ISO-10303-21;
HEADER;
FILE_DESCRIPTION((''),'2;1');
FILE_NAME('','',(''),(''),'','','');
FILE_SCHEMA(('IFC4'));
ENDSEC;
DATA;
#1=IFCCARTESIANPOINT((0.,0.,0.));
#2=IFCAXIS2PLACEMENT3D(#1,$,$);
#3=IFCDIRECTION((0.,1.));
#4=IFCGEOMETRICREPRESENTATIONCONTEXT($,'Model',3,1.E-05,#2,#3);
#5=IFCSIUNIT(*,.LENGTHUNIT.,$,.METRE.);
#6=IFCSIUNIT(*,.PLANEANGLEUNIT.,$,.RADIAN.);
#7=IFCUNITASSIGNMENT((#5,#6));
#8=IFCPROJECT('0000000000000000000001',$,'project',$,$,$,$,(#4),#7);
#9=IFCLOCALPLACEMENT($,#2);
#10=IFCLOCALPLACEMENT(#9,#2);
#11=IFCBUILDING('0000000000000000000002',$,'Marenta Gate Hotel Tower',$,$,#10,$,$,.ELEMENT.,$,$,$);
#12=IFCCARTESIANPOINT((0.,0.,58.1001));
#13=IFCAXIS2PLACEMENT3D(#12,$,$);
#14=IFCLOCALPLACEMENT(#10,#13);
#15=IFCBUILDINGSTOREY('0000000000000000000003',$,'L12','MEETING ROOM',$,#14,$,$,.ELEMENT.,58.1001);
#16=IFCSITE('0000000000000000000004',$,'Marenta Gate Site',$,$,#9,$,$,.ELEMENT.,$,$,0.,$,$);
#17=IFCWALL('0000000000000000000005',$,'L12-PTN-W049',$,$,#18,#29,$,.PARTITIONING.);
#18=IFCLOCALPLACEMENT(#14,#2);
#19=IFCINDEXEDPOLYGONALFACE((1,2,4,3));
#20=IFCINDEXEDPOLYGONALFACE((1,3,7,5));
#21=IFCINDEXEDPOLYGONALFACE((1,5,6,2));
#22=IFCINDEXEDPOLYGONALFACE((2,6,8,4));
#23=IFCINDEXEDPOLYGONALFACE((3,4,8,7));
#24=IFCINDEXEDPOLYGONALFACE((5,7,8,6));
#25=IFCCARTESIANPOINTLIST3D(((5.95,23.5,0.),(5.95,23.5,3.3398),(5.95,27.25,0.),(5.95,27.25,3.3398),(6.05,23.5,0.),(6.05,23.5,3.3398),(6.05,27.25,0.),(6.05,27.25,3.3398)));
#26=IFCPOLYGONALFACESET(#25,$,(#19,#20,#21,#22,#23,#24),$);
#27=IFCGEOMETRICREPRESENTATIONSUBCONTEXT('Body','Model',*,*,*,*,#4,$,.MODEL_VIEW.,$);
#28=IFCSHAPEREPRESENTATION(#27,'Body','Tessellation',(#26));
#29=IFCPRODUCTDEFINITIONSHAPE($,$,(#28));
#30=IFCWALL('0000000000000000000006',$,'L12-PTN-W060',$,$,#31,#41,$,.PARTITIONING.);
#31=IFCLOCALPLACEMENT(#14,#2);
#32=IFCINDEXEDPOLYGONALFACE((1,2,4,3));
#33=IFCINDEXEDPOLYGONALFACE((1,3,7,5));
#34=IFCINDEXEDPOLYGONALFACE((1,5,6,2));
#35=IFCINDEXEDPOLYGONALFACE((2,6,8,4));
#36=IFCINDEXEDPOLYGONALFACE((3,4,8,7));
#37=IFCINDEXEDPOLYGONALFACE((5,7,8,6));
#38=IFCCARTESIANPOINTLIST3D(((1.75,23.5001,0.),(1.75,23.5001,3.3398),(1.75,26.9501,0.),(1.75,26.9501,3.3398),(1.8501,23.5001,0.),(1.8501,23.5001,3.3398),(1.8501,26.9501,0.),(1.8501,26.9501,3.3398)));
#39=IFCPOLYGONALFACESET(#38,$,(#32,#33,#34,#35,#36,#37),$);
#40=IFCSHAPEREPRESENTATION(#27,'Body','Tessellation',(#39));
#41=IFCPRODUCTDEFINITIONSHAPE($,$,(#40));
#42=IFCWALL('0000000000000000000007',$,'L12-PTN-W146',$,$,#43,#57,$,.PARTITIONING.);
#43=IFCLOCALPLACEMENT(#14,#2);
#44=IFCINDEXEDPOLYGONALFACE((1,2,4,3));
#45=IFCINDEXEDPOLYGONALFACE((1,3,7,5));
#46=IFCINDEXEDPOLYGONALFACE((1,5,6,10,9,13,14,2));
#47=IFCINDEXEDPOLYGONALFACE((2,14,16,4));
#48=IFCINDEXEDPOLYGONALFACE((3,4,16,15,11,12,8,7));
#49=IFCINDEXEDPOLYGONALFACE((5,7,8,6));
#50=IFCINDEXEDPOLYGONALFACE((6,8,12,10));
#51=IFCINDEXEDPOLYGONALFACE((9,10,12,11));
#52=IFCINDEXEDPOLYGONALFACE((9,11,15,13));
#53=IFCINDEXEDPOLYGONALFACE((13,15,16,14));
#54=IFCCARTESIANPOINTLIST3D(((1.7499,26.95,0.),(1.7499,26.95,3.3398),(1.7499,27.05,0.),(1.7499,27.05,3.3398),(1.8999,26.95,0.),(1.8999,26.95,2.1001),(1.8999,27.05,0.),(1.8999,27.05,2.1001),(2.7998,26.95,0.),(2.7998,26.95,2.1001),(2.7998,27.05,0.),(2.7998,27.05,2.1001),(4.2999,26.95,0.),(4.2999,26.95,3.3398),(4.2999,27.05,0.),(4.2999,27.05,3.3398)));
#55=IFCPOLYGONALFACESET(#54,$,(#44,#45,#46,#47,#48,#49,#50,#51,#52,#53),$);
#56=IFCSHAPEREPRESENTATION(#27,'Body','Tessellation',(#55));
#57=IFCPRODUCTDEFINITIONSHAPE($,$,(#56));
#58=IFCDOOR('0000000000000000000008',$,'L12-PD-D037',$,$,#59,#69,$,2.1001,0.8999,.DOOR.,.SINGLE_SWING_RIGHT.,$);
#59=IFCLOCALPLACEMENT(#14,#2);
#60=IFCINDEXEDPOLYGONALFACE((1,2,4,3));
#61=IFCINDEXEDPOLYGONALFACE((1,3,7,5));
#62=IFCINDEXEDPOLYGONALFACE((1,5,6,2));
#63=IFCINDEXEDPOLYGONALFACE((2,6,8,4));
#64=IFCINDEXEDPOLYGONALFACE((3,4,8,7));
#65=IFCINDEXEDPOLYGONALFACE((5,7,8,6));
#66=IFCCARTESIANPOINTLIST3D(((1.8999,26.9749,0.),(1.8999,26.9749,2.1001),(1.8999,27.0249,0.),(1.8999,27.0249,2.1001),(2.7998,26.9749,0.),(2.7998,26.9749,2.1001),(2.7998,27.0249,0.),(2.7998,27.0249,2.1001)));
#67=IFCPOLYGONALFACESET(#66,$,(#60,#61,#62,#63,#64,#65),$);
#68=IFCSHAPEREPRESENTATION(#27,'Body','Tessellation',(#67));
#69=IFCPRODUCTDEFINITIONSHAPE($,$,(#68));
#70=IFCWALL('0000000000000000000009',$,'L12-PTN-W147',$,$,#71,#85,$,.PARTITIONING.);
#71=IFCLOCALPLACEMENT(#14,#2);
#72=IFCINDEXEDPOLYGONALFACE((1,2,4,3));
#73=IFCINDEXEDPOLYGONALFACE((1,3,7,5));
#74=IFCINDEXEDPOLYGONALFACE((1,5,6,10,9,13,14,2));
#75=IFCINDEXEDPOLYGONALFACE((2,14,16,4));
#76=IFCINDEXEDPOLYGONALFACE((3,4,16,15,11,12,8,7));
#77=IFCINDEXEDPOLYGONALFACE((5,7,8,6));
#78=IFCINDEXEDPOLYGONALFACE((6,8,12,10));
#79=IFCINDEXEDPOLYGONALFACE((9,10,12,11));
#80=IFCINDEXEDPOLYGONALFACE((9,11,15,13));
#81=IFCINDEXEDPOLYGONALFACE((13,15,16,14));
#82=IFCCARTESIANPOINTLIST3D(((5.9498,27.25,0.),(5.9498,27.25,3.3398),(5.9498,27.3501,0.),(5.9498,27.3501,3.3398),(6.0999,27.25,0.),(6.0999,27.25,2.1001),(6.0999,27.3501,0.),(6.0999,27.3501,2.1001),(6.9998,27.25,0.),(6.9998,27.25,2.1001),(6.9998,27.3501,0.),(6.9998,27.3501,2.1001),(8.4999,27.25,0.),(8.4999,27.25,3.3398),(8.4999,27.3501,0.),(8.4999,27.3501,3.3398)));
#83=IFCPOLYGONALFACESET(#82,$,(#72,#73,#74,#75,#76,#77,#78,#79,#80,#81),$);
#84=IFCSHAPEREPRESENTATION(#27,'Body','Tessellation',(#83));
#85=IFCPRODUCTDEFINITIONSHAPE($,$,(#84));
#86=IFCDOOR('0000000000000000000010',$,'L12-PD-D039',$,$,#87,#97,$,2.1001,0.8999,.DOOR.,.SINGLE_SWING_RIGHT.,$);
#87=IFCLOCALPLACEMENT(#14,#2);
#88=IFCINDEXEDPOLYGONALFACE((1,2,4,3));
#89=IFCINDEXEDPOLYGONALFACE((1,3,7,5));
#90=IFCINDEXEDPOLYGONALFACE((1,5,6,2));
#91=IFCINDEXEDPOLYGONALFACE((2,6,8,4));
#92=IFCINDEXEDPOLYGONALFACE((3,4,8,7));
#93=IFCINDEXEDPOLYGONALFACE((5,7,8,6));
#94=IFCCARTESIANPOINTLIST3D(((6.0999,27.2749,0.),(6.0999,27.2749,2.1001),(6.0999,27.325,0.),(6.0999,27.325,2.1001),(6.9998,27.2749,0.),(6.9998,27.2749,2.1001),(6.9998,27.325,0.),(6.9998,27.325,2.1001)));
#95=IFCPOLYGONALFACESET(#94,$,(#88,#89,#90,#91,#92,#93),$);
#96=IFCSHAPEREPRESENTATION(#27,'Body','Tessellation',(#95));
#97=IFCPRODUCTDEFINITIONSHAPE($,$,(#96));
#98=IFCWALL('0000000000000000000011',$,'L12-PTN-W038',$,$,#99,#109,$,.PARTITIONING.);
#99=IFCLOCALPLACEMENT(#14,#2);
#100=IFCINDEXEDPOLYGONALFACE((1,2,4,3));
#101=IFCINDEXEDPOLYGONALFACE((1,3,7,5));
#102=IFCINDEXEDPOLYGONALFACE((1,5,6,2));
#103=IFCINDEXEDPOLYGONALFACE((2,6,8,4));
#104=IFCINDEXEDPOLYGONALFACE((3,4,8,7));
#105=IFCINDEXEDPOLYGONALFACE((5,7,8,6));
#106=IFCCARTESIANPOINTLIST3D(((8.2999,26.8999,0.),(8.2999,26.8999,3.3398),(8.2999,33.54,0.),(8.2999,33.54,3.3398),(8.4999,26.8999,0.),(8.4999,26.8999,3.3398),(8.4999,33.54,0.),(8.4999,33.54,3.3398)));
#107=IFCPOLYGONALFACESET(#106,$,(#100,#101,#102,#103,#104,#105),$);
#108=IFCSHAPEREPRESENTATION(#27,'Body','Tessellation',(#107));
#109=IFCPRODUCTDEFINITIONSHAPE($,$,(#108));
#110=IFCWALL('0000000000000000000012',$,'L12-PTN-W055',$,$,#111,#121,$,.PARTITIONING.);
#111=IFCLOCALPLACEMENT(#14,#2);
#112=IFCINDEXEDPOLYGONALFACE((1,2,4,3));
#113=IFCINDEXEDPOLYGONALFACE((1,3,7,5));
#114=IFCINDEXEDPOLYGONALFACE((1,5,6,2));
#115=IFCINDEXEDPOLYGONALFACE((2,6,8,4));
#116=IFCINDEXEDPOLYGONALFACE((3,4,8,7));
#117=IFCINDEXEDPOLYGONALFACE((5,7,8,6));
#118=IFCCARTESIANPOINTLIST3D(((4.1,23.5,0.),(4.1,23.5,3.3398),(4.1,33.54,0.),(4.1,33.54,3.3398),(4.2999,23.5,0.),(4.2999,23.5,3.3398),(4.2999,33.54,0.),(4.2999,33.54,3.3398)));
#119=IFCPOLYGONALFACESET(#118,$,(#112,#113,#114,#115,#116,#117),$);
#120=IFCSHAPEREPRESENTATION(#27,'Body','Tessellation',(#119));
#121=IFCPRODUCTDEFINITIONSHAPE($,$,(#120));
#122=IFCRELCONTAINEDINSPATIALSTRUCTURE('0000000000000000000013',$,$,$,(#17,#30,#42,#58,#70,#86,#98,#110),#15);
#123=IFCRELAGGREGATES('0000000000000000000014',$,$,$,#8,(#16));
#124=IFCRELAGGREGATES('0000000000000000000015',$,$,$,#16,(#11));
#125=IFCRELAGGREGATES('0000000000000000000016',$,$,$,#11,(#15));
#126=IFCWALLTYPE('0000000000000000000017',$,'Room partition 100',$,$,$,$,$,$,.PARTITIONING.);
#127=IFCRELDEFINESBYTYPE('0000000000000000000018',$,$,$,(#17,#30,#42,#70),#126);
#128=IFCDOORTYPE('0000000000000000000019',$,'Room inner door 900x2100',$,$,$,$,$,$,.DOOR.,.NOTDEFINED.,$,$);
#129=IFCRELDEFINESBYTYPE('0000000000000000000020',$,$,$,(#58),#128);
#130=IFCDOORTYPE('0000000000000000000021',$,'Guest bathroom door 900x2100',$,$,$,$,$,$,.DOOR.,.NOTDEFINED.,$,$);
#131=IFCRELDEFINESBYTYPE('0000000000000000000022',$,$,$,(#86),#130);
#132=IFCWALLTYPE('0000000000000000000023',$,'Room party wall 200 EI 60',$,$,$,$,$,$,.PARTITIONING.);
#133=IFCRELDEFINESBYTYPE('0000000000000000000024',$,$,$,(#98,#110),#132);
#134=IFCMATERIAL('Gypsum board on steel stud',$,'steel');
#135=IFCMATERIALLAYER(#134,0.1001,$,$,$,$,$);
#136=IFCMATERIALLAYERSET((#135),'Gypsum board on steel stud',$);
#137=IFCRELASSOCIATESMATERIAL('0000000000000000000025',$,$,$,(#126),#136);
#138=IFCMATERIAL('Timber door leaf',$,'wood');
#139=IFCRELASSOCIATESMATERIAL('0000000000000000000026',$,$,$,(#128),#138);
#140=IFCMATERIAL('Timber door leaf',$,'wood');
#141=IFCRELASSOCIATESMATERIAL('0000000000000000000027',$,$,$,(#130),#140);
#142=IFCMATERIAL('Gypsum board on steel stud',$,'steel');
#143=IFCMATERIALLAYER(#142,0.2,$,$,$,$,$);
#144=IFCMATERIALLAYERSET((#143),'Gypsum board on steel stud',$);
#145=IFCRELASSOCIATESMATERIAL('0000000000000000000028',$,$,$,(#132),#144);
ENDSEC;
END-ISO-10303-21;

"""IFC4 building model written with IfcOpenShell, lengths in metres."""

from ifc_helpers import new_model, si_unit, direction, frame, frame_2d, origin, place, context, subcontext, project, spatial, rectangle, extrude, material, layer, layer_set, type_object, element, fill, save


model = new_model("IFC4")

# Units and contexts
model_context = context("Model", 3, precision=1e-05, world=origin(), true_north=direction((0.0, 1.0)))
body_context = subcontext(model_context, "Body", "Model", "MODEL_VIEW")
ifc_project = project(units=[si_unit("LENGTHUNIT", "METRE"), si_unit("PLANEANGLEUNIT", "RADIAN")], contexts=[model_context])

# Site, building, storey
site_placement = place(None, origin())
site = spatial("IfcSite", under=ifc_project, at=site_placement, Name="Marenta Gate Site", CompositionType="ELEMENT", RefElevation=0.0)
building_placement = place(site_placement, origin())
building = spatial("IfcBuilding", under=site, at=building_placement, Name="Marenta Gate Hotel Tower", CompositionType="ELEMENT")
storey_placement = place(building_placement, frame((0.0, 0.0, 58.1001)))
storey = spatial("IfcBuildingStorey", under=building, at=storey_placement, Name="L12", Description="MEETING ROOM", CompositionType="ELEMENT", Elevation=58.1001)

# Walls
ifc_material_1 = material(Name="Gypsum board on steel stud", Category="steel")
ifc_layer_1 = layer(ifc_material_1, 0.1001)
ifc_layer_set_1 = layer_set([ifc_layer_1], Name="Gypsum board on steel stud")
wall_type_1 = type_object("IfcWallType", Name="Room partition 100", PredefinedType="PARTITIONING", material=ifc_layer_set_1)
wall_1_placement = place(storey_placement, frame((6.0, 23.5, 0.0), z_axis=(0.0, 0.0, 1.0), x_axis=(0.0, 1.0, 0.0)))
element("IfcWall", 1, at=wall_1_placement, inside=storey, type_object=wall_type_1, Name="L12-PTN-W049", PredefinedType="PARTITIONING", context=body_context, shape_type="SweptSolid", body=[
    extrude(rectangle(XDim=3.75, YDim=0.1001, at=frame_2d((1.875, 0.0))), origin(), (0.0, 0.0, 1.0), 3.3398),
])
wall_2_placement = place(storey_placement, frame((1.8, 23.5, 0.0), z_axis=(0.0, 0.0, 1.0), x_axis=(0.0, 1.0, 0.0)))
element("IfcWall", 2, at=wall_2_placement, inside=storey, type_object=wall_type_1, Name="L12-PTN-W060", PredefinedType="PARTITIONING", context=body_context, shape_type="SweptSolid", body=[
    extrude(rectangle(XDim=3.45, YDim=0.1001, at=frame_2d((1.7251, 0.0))), origin(), (0.0, 0.0, 1.0), 3.3398),
])

# Walls, openings, doors
wall_3_placement = place(storey_placement, frame((1.75, 27.0, 0.0), z_axis=(0.0, 0.0, 1.0), x_axis=(1.0, 0.0, 0.0)))
wall_3 = element("IfcWall", 3, at=wall_3_placement, inside=storey, type_object=wall_type_1, Name="L12-PTN-W146", PredefinedType="PARTITIONING", context=body_context, shape_type="SweptSolid", body=[
    extrude(rectangle(XDim=2.55, YDim=0.1001, at=frame_2d((1.2749, 0.0))), origin(), (0.0, 0.0, 1.0), 3.3398),
])
opening_1_placement = place(wall_3_placement, frame((0.1499, 0.0, 0.0)))
opening_1 = element("IfcOpeningElement", 4, at=opening_1_placement, cuts=wall_3, PredefinedType="OPENING", context=body_context, shape_type="SweptSolid", body=[
    extrude(rectangle(XDim=0.8999, YDim=2.1001, at=frame_2d((0.45, 1.05))), frame((0.0, 0.05, 0.0), z_axis=(0.0, -1.0, 0.0), x_axis=(1.0, 0.0, 0.0)), (0.0, 0.0, 1.0), 0.1001),
])
ifc_material_2 = material(Name="Timber door leaf", Category="wood")
door_type_1 = type_object("IfcDoorType", Name="Room inner door 900x2100", OperationType="NOTDEFINED", PredefinedType="DOOR", material=ifc_material_2)
door_1_placement = place(opening_1_placement, origin())
door_1 = element("IfcDoor", 5, at=door_1_placement, inside=storey, type_object=door_type_1, Name="L12-PD-D037", OperationType="SINGLE_SWING_RIGHT", OverallHeight=2.1001, OverallWidth=0.8999, PredefinedType="DOOR", context=body_context, shape_type="SweptSolid", body=[
    extrude(rectangle(XDim=0.8999, YDim=2.1001, at=frame_2d((0.45, 1.05))), frame((0.0, 0.0249, 0.0), z_axis=(0.0, -1.0, 0.0), x_axis=(1.0, 0.0, 0.0)), (0.0, 0.0, 1.0), 0.05),
])
fill(opening_1, door_1)
wall_4_placement = place(storey_placement, frame((5.95, 27.3, 0.0), z_axis=(0.0, 0.0, 1.0), x_axis=(1.0, 0.0, 0.0)))
wall_4 = element("IfcWall", 6, at=wall_4_placement, inside=storey, type_object=wall_type_1, Name="L12-PTN-W147", PredefinedType="PARTITIONING", context=body_context, shape_type="SweptSolid", body=[
    extrude(rectangle(XDim=2.55, YDim=0.1001, at=frame_2d((1.2749, 0.0))), origin(), (0.0, 0.0, 1.0), 3.3398),
])
opening_2_placement = place(wall_4_placement, frame((0.1499, 0.0, 0.0)))
opening_2 = element("IfcOpeningElement", 7, at=opening_2_placement, cuts=wall_4, PredefinedType="OPENING", context=body_context, shape_type="SweptSolid", body=[
    extrude(rectangle(XDim=0.8999, YDim=2.1001, at=frame_2d((0.45, 1.05))), frame((0.0, 0.05, 0.0), z_axis=(0.0, -1.0, 0.0), x_axis=(1.0, 0.0, 0.0)), (0.0, 0.0, 1.0), 0.1001),
])
ifc_material_3 = material(Name="Timber door leaf", Category="wood")
door_type_2 = type_object("IfcDoorType", Name="Guest bathroom door 900x2100", OperationType="NOTDEFINED", PredefinedType="DOOR", material=ifc_material_3)
door_2_placement = place(opening_2_placement, origin())
door_2 = element("IfcDoor", 8, at=door_2_placement, inside=storey, type_object=door_type_2, Name="L12-PD-D039", OperationType="SINGLE_SWING_RIGHT", OverallHeight=2.1001, OverallWidth=0.8999, PredefinedType="DOOR", context=body_context, shape_type="SweptSolid", body=[
    extrude(rectangle(XDim=0.8999, YDim=2.1001, at=frame_2d((0.45, 1.05))), frame((0.0, 0.0249, 0.0), z_axis=(0.0, -1.0, 0.0), x_axis=(1.0, 0.0, 0.0)), (0.0, 0.0, 1.0), 0.05),
])
fill(opening_2, door_2)

# Walls
ifc_material_4 = material(Name="Gypsum board on steel stud", Category="steel")
ifc_layer_2 = layer(ifc_material_4, 0.2)
ifc_layer_set_2 = layer_set([ifc_layer_2], Name="Gypsum board on steel stud")
wall_type_2 = type_object("IfcWallType", Name="Room party wall 200 EI 60", PredefinedType="PARTITIONING", material=ifc_layer_set_2)
wall_5_placement = place(storey_placement, frame((8.3999, 26.8999, 0.0), z_axis=(0.0, 0.0, 1.0), x_axis=(0.0, 1.0, 0.0)))
element("IfcWall", 9, at=wall_5_placement, inside=storey, type_object=wall_type_2, Name="L12-PTN-W038", PredefinedType="PARTITIONING", context=body_context, shape_type="SweptSolid", body=[
    extrude(rectangle(XDim=6.6401, YDim=0.2, at=frame_2d((3.3201, 0.0))), origin(), (0.0, 0.0, 1.0), 3.3398),
])
wall_6_placement = place(storey_placement, frame((4.2, 23.5, 0.0), z_axis=(0.0, 0.0, 1.0), x_axis=(0.0, 1.0, 0.0)))
element("IfcWall", 10, at=wall_6_placement, inside=storey, type_object=wall_type_2, Name="L12-PTN-W055", PredefinedType="PARTITIONING", context=body_context, shape_type="SweptSolid", body=[
    extrude(rectangle(XDim=10.04, YDim=0.2, at=frame_2d((5.02, 0.0))), origin(), (0.0, 0.0, 1.0), 3.3398),
])

save(model, "model.ifc")
